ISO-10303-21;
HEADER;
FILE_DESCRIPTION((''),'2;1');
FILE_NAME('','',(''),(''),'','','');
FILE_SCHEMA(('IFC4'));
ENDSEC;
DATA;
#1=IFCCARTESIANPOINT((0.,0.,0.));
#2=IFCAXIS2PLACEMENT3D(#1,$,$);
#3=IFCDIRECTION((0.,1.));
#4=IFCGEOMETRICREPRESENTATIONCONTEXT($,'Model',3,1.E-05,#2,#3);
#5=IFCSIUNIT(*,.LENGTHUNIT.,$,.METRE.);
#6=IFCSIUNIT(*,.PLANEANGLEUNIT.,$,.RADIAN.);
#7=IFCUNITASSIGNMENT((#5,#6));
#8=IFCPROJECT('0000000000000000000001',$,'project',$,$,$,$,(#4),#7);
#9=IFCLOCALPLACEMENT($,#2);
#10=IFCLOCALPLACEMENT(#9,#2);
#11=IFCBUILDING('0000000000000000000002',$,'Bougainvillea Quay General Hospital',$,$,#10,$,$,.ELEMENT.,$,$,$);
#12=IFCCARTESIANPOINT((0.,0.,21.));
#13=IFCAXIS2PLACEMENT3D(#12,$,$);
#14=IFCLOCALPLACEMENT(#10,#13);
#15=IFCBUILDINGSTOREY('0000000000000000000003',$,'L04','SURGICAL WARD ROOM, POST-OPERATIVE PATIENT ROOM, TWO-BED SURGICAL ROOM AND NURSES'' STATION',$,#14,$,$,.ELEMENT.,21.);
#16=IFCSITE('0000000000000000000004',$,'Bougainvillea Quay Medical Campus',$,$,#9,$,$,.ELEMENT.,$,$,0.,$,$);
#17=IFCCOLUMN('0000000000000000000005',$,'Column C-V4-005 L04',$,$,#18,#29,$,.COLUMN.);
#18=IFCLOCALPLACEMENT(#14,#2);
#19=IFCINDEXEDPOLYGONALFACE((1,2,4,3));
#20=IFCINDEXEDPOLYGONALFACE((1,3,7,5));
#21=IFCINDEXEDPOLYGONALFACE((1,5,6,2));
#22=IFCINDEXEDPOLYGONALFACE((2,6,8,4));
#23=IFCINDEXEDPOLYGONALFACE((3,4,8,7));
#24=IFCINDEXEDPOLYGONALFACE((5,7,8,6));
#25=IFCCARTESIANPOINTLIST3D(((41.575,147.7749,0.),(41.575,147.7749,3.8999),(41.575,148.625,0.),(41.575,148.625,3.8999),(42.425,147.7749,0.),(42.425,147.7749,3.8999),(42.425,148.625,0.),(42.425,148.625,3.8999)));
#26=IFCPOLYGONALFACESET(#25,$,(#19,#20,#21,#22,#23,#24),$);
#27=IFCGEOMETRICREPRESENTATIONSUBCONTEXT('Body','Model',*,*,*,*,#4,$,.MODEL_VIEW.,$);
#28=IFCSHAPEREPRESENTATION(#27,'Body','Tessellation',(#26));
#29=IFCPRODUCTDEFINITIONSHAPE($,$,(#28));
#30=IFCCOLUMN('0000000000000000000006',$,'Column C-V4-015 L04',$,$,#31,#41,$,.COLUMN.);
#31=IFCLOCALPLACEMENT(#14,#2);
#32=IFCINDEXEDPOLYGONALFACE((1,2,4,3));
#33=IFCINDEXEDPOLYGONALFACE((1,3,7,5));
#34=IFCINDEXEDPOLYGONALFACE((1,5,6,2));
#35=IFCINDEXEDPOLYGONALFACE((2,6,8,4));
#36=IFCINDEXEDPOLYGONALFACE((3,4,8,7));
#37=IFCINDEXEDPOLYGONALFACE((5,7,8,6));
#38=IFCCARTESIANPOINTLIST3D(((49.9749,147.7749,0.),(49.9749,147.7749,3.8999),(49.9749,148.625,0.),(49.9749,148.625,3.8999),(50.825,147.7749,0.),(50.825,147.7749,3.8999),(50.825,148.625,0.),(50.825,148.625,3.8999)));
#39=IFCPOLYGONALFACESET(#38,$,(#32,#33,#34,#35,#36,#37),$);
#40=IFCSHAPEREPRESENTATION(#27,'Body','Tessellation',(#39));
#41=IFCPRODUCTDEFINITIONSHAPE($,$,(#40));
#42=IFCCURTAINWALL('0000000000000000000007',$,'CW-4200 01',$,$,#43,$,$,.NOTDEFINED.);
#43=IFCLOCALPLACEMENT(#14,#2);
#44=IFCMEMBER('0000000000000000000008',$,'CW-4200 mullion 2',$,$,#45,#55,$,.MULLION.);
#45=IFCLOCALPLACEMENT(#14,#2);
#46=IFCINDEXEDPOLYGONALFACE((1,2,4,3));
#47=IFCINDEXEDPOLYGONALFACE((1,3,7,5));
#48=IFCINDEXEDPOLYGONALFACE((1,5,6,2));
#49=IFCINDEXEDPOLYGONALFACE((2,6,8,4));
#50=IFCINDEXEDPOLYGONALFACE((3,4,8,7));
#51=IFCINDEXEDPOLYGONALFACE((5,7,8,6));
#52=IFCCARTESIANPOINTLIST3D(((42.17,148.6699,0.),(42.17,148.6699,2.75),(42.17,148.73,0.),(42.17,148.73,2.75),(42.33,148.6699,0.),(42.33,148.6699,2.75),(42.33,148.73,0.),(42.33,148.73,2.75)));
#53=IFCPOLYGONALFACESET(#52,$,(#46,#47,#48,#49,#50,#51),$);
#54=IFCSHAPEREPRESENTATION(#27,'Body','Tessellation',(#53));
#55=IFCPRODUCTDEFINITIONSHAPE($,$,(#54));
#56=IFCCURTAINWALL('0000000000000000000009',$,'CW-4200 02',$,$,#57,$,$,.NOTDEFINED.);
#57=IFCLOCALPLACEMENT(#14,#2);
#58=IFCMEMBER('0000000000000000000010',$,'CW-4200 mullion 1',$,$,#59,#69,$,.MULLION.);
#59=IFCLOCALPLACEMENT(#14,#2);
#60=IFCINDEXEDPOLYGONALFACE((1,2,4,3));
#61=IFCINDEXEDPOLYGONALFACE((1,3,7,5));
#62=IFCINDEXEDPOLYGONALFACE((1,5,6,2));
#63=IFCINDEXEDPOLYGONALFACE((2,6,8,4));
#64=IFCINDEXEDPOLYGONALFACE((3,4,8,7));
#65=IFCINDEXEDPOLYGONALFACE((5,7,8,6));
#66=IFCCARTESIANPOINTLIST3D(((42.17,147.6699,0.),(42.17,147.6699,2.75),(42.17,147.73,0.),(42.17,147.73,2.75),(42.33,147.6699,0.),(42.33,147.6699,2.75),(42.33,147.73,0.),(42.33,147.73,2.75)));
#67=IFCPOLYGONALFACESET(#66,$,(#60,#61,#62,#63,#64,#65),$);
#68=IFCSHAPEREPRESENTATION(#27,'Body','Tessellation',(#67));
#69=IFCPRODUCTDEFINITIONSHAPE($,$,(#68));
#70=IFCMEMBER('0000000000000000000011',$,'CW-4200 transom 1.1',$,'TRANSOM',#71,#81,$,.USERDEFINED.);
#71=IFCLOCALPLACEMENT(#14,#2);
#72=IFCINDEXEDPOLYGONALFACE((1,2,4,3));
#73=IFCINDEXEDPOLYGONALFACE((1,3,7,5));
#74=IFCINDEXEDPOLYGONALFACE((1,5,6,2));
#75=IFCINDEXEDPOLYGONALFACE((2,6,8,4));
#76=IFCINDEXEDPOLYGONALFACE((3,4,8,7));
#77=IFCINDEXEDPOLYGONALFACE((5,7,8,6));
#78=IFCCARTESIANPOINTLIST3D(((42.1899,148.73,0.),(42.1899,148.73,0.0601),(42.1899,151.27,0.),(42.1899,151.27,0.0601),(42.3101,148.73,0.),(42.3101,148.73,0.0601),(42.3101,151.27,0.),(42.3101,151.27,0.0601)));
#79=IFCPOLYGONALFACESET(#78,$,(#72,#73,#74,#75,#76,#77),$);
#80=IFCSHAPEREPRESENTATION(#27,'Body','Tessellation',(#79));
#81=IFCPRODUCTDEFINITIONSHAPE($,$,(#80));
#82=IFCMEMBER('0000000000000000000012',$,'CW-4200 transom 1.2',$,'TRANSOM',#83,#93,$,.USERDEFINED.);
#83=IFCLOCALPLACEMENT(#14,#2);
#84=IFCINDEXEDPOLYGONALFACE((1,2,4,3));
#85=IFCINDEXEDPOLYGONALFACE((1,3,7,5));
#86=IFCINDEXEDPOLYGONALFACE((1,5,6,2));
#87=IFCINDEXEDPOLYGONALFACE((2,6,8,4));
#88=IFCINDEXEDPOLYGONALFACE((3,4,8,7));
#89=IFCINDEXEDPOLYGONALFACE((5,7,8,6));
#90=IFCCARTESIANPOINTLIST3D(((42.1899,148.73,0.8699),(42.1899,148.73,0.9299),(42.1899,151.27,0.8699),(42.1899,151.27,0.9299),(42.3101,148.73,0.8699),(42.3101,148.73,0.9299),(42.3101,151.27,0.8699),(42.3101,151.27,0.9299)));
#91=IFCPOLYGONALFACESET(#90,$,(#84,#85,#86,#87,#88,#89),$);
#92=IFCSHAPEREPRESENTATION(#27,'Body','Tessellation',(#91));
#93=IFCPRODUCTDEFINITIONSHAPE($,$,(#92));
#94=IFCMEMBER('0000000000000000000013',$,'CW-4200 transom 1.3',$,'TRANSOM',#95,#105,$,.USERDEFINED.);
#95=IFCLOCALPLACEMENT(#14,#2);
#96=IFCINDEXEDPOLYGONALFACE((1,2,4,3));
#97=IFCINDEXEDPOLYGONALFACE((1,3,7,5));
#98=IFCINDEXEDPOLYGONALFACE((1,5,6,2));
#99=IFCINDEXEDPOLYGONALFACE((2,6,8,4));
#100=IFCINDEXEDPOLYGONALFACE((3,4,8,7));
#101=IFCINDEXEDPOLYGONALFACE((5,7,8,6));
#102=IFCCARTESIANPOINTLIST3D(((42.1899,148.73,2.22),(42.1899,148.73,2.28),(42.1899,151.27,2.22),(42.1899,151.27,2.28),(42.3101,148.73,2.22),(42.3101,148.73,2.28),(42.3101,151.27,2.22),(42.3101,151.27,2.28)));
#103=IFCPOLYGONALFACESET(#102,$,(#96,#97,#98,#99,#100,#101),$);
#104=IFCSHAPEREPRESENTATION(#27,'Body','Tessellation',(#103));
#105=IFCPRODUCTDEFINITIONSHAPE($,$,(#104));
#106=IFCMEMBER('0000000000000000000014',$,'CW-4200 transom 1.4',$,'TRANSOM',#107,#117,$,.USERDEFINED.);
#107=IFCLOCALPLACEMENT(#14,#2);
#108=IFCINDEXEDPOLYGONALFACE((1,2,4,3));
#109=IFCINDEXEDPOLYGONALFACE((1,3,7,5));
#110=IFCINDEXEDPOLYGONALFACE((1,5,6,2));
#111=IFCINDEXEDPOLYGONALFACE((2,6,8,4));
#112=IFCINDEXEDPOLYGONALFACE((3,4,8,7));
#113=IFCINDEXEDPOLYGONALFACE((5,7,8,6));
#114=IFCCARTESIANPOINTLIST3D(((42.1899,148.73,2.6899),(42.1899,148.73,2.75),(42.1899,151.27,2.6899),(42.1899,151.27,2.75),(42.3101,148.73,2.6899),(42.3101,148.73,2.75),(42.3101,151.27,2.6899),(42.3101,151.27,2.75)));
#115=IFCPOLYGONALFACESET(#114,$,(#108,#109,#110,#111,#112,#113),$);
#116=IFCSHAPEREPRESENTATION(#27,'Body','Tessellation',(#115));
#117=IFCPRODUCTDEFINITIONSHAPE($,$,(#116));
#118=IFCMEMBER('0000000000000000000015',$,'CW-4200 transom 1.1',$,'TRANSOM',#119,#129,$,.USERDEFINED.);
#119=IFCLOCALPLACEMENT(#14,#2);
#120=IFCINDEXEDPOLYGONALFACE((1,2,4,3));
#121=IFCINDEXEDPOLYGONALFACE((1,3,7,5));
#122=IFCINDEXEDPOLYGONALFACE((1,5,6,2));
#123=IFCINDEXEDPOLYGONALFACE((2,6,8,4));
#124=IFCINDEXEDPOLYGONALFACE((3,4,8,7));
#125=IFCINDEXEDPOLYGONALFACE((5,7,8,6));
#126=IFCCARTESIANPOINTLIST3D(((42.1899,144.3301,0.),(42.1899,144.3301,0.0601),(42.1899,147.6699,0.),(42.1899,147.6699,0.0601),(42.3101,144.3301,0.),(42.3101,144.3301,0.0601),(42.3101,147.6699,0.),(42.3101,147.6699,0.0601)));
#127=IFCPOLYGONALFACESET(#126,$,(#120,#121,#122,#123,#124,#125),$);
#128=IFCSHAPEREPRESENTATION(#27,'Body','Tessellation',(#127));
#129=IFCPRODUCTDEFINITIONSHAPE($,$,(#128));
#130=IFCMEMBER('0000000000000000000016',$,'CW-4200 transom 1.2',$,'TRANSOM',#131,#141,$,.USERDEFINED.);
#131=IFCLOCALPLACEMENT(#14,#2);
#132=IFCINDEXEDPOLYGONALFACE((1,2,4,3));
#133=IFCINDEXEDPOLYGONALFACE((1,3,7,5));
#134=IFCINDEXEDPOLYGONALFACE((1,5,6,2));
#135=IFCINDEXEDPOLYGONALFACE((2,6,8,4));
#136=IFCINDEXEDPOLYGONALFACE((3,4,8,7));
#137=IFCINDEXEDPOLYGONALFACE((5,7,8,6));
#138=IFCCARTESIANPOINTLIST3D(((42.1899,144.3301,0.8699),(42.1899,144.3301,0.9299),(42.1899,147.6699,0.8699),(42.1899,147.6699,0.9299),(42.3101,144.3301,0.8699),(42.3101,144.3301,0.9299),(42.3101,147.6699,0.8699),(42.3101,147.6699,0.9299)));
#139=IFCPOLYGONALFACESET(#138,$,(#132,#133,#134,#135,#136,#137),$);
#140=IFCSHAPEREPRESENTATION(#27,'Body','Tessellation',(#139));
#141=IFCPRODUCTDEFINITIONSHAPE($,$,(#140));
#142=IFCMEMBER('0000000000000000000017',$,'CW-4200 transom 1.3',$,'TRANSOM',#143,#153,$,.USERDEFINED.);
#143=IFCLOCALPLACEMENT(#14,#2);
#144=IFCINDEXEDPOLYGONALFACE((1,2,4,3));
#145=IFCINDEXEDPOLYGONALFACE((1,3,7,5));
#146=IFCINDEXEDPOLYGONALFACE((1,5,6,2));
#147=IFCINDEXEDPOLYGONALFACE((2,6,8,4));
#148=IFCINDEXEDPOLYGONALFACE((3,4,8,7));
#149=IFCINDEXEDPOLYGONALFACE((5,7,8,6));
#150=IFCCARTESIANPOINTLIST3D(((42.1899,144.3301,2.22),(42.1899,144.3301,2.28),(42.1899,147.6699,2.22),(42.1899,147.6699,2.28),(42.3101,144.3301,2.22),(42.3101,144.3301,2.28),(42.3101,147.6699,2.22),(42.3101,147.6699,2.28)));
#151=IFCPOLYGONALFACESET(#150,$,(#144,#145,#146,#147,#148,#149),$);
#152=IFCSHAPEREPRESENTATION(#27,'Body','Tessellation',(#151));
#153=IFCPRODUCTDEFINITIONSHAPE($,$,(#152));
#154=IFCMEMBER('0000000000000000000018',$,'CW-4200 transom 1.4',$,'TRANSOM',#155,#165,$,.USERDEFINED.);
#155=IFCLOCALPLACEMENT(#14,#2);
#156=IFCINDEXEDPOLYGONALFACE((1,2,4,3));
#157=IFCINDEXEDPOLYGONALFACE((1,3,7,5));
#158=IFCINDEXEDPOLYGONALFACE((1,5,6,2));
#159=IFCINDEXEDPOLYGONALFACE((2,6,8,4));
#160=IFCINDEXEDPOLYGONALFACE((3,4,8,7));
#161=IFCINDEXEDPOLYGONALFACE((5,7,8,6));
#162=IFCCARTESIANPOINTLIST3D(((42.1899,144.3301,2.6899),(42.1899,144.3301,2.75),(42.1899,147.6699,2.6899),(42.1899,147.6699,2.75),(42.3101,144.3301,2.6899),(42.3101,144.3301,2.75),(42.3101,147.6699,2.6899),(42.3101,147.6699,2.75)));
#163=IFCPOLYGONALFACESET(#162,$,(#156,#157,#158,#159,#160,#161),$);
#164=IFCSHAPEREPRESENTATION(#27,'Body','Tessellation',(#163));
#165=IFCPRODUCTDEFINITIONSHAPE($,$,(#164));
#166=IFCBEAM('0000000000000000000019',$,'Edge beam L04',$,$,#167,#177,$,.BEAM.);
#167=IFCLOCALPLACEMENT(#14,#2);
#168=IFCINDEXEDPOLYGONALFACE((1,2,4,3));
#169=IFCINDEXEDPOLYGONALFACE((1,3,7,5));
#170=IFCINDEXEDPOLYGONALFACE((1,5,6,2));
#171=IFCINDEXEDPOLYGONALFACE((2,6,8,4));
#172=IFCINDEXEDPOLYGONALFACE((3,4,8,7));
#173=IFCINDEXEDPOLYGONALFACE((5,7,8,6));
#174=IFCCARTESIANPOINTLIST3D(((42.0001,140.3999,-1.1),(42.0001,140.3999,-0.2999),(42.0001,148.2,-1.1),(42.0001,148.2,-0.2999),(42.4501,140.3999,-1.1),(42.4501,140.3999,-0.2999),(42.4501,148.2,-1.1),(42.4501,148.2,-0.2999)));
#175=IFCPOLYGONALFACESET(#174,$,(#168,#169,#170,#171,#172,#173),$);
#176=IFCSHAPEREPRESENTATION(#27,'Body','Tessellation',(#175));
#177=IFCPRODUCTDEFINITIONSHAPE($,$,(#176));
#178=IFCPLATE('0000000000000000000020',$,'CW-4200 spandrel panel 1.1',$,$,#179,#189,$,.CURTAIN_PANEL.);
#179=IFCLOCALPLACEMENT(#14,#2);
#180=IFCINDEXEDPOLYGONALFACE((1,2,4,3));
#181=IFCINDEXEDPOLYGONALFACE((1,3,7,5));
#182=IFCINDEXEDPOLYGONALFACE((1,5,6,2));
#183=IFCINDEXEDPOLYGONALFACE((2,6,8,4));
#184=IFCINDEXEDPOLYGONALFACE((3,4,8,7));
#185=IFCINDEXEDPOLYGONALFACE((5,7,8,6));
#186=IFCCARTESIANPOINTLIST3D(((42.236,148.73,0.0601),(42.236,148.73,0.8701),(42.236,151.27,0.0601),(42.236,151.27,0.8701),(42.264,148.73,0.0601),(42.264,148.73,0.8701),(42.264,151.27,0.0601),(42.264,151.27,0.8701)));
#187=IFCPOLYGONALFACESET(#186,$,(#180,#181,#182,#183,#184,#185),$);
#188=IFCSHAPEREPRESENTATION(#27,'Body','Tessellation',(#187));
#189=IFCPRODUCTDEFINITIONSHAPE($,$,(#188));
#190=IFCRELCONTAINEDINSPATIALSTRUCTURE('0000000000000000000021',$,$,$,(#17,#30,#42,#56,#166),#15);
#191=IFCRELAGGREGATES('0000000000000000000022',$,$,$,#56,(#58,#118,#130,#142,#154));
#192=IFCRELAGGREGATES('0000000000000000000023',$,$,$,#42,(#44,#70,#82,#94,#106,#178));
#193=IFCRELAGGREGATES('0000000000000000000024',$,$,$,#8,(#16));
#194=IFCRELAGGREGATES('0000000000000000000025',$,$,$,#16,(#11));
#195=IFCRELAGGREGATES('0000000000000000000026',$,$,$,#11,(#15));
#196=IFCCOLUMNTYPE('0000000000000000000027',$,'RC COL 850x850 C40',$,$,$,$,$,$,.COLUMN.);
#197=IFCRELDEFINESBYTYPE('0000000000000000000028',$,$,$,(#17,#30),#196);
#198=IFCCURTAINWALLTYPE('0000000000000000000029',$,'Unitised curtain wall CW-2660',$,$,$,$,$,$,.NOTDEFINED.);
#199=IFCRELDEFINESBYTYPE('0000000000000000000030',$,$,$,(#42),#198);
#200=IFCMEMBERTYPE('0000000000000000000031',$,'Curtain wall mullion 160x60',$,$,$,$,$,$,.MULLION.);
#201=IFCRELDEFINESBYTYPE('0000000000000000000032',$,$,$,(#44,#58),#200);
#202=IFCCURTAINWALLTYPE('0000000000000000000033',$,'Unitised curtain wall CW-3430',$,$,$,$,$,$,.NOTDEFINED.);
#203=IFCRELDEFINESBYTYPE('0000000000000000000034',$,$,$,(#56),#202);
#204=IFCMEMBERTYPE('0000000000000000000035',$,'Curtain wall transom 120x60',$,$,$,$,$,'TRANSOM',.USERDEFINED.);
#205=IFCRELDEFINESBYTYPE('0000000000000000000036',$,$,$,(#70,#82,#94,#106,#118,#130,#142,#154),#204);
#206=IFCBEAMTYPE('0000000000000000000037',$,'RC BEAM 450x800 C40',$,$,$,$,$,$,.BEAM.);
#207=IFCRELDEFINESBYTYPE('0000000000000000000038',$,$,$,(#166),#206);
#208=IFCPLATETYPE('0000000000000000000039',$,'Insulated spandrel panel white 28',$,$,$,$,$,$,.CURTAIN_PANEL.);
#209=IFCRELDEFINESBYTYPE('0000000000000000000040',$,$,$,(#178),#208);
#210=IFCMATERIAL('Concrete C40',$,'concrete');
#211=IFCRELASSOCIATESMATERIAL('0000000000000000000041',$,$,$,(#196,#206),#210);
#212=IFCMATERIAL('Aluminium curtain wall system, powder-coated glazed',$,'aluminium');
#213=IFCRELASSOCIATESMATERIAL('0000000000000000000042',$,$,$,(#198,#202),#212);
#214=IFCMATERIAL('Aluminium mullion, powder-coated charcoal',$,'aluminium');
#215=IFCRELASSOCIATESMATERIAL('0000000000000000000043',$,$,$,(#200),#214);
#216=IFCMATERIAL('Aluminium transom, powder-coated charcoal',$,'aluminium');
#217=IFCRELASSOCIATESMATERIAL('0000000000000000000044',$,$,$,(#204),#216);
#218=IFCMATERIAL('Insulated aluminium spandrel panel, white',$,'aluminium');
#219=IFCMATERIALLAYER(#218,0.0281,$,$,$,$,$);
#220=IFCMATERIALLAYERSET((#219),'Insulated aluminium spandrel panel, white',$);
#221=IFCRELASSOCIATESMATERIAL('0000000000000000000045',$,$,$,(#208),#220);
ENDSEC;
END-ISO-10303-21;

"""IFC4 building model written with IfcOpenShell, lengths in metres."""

from ifc_helpers import new_model, si_unit, direction, frame, origin, origin_2d, place, context, subcontext, project, spatial, rectangle, extrude, material, layer, layer_set, material_profile, profile_set, type_object, element, aggregate, save


model = new_model("IFC4")

# Units and contexts
model_context = context("Model", 3, precision=1e-05, world=origin(), true_north=direction((0.0, 1.0)))
body_context = subcontext(model_context, "Body", "Model", "MODEL_VIEW")
ifc_project = project(units=[si_unit("LENGTHUNIT", "METRE"), si_unit("PLANEANGLEUNIT", "RADIAN")], contexts=[model_context])

# Site, building, storey
site_placement = place(None, origin())
site = spatial("IfcSite", under=ifc_project, at=site_placement, Name="Bougainvillea Quay Medical Campus", CompositionType="ELEMENT", RefElevation=0.0)
building_placement = place(site_placement, origin())
building = spatial("IfcBuilding", under=site, at=building_placement, Name="Bougainvillea Quay General Hospital", CompositionType="ELEMENT")
storey_placement = place(building_placement, frame((0.0, 0.0, 21.0)))
storey = spatial("IfcBuildingStorey", under=building, at=storey_placement, Name="L04", Description="SURGICAL WARD ROOM, POST-OPERATIVE PATIENT ROOM, TWO-BED SURGICAL ROOM AND NURSES' STATION", CompositionType="ELEMENT", Elevation=21.0)

# Columns
ifc_material_1 = material(Name="Concrete C40", Category="concrete")
ifc_material_profile_1 = material_profile(ifc_material_1, rectangle(XDim=0.8501, YDim=0.8501, at=origin_2d()))
ifc_profile_set_1 = profile_set([ifc_material_profile_1], Name="Concrete C40")
column_type = type_object("IfcColumnType", Name="RC COL 850x850 C40", PredefinedType="COLUMN", material=ifc_profile_set_1)
for number, where, z_axis, x_axis, name in (
    (1, (42.0, 148.2, 0.0), (0.0, 0.0, 1.0), (1.0, 0.0, 0.0), "Column C-V4-005 L04"),
    (2, (50.3999, 148.2, 0.0), (0.0, 0.0, 1.0), (1.0, 0.0, 0.0), "Column C-V4-015 L04"),
):
    element("IfcColumn", number, at=place(storey_placement, frame(where, z_axis=z_axis, x_axis=x_axis)), inside=storey, type_object=column_type, Name=name, PredefinedType="COLUMN", context=body_context, shape_type="SweptSolid", body=[
        extrude(rectangle(XDim=0.8501, YDim=0.8501, at=origin_2d()), origin(), (0.0, 0.0, 1.0), 3.8999),
    ])

# Curtain walls, members
ifc_material_2 = material(Name="Aluminium curtain wall system, powder-coated glazed", Category="aluminium")
curtain_wall_type_1 = type_object("IfcCurtainWallType", Name="Unitised curtain wall CW-2660", PredefinedType="NOTDEFINED", material=ifc_material_2)
curtain_wall_1_placement = place(storey_placement, origin())
curtain_wall_1 = element("IfcCurtainWall", 3, at=curtain_wall_1_placement, inside=storey, type_object=curtain_wall_type_1, Name="CW-4200 01", PredefinedType="NOTDEFINED")
ifc_material_3 = material(Name="Aluminium mullion, powder-coated charcoal", Category="aluminium")
ifc_material_profile_2 = material_profile(ifc_material_3, rectangle(XDim=0.1599, YDim=0.0601, at=origin_2d()))
ifc_profile_set_2 = profile_set([ifc_material_profile_2], Name="Aluminium mullion, powder-coated charcoal")
member_type_1 = type_object("IfcMemberType", Name="Curtain wall mullion 160x60", PredefinedType="MULLION", material=ifc_profile_set_2)
member_1_placement = place(storey_placement, frame((42.25, 148.7, 0.0), z_axis=(0.0, 0.0, 1.0), x_axis=(1.0, 0.0, 0.0)))
member_1 = element("IfcMember", 4, at=member_1_placement, type_object=member_type_1, Name="CW-4200 mullion 2", PredefinedType="MULLION", context=body_context, shape_type="SweptSolid", body=[
    extrude(rectangle(XDim=0.1599, YDim=0.0601, at=origin_2d()), origin(), (0.0, 0.0, 1.0), 2.75),
])
curtain_wall_type_2 = type_object("IfcCurtainWallType", Name="Unitised curtain wall CW-3430", PredefinedType="NOTDEFINED", material=ifc_material_2)
curtain_wall_2_placement = place(storey_placement, origin())
curtain_wall_2 = element("IfcCurtainWall", 5, at=curtain_wall_2_placement, inside=storey, type_object=curtain_wall_type_2, Name="CW-4200 02", PredefinedType="NOTDEFINED")
member_2_placement = place(storey_placement, frame((42.25, 147.7, 0.0), z_axis=(0.0, 0.0, 1.0), x_axis=(1.0, 0.0, 0.0)))
member_2 = element("IfcMember", 6, at=member_2_placement, type_object=member_type_1, Name="CW-4200 mullion 1", PredefinedType="MULLION", context=body_context, shape_type="SweptSolid", body=[
    extrude(rectangle(XDim=0.1599, YDim=0.0601, at=origin_2d()), origin(), (0.0, 0.0, 1.0), 2.75),
])

# Members
ifc_material_4 = material(Name="Aluminium transom, powder-coated charcoal", Category="aluminium")
ifc_material_profile_3 = material_profile(ifc_material_4, rectangle(XDim=0.1201, YDim=0.0601, at=origin_2d()))
ifc_profile_set_3 = profile_set([ifc_material_profile_3], Name="Aluminium transom, powder-coated charcoal")
member_type_2 = type_object("IfcMemberType", Name="Curtain wall transom 120x60", ElementType="TRANSOM", PredefinedType="USERDEFINED", material=ifc_profile_set_3)
member_3_placement = place(storey_placement, frame((42.25, 151.27, 0.03), z_axis=(0.0, -1.0, 0.0), x_axis=(1.0, 0.0, 0.0)))
member_3 = element("IfcMember", 7, at=member_3_placement, type_object=member_type_2, Name="CW-4200 transom 1.1", ObjectType="TRANSOM", PredefinedType="USERDEFINED", context=body_context, shape_type="SweptSolid", body=[
    extrude(rectangle(XDim=0.1201, YDim=0.0601, at=origin_2d()), origin(), (0.0, 0.0, 1.0), 2.54),
])
member_4_placement = place(storey_placement, frame((42.25, 151.27, 0.8999), z_axis=(0.0, -1.0, 0.0), x_axis=(1.0, 0.0, 0.0)))
member_4 = element("IfcMember", 8, at=member_4_placement, type_object=member_type_2, Name="CW-4200 transom 1.2", ObjectType="TRANSOM", PredefinedType="USERDEFINED", context=body_context, shape_type="SweptSolid", body=[
    extrude(rectangle(XDim=0.1201, YDim=0.0601, at=origin_2d()), origin(), (0.0, 0.0, 1.0), 2.54),
])
member_5_placement = place(storey_placement, frame((42.25, 151.27, 2.25), z_axis=(0.0, -1.0, 0.0), x_axis=(1.0, 0.0, 0.0)))
member_5 = element("IfcMember", 9, at=member_5_placement, type_object=member_type_2, Name="CW-4200 transom 1.3", ObjectType="TRANSOM", PredefinedType="USERDEFINED", context=body_context, shape_type="SweptSolid", body=[
    extrude(rectangle(XDim=0.1201, YDim=0.0601, at=origin_2d()), origin(), (0.0, 0.0, 1.0), 2.54),
])
member_6_placement = place(storey_placement, frame((42.25, 151.27, 2.72), z_axis=(0.0, -1.0, 0.0), x_axis=(1.0, 0.0, 0.0)))
member_6 = element("IfcMember", 10, at=member_6_placement, type_object=member_type_2, Name="CW-4200 transom 1.4", ObjectType="TRANSOM", PredefinedType="USERDEFINED", context=body_context, shape_type="SweptSolid", body=[
    extrude(rectangle(XDim=0.1201, YDim=0.0601, at=origin_2d()), origin(), (0.0, 0.0, 1.0), 2.54),
])
member_7_placement = place(storey_placement, frame((42.25, 147.6699, 0.03), z_axis=(0.0, -1.0, 0.0), x_axis=(1.0, 0.0, 0.0)))
member_7 = element("IfcMember", 11, at=member_7_placement, type_object=member_type_2, Name="CW-4200 transom 1.1", ObjectType="TRANSOM", PredefinedType="USERDEFINED", context=body_context, shape_type="SweptSolid", body=[
    extrude(rectangle(XDim=0.1201, YDim=0.0601, at=origin_2d()), origin(), (0.0, 0.0, 1.0), 3.3398),
])
member_8_placement = place(storey_placement, frame((42.25, 147.6699, 0.8999), z_axis=(0.0, -1.0, 0.0), x_axis=(1.0, 0.0, 0.0)))
member_8 = element("IfcMember", 12, at=member_8_placement, type_object=member_type_2, Name="CW-4200 transom 1.2", ObjectType="TRANSOM", PredefinedType="USERDEFINED", context=body_context, shape_type="SweptSolid", body=[
    extrude(rectangle(XDim=0.1201, YDim=0.0601, at=origin_2d()), origin(), (0.0, 0.0, 1.0), 3.3398),
])
member_9_placement = place(storey_placement, frame((42.25, 147.6699, 2.25), z_axis=(0.0, -1.0, 0.0), x_axis=(1.0, 0.0, 0.0)))
member_9 = element("IfcMember", 13, at=member_9_placement, type_object=member_type_2, Name="CW-4200 transom 1.3", ObjectType="TRANSOM", PredefinedType="USERDEFINED", context=body_context, shape_type="SweptSolid", body=[
    extrude(rectangle(XDim=0.1201, YDim=0.0601, at=origin_2d()), origin(), (0.0, 0.0, 1.0), 3.3398),
])
member_10_placement = place(storey_placement, frame((42.25, 147.6699, 2.72), z_axis=(0.0, -1.0, 0.0), x_axis=(1.0, 0.0, 0.0)))
member_10 = element("IfcMember", 14, at=member_10_placement, type_object=member_type_2, Name="CW-4200 transom 1.4", ObjectType="TRANSOM", PredefinedType="USERDEFINED", context=body_context, shape_type="SweptSolid", body=[
    extrude(rectangle(XDim=0.1201, YDim=0.0601, at=origin_2d()), origin(), (0.0, 0.0, 1.0), 3.3398),
])
aggregate(curtain_wall_2, [member_2, member_7, member_8, member_9, member_10])

# Beam
ifc_material_profile_4 = material_profile(ifc_material_1, rectangle(XDim=0.45, YDim=0.8, at=origin_2d()))
ifc_profile_set_4 = profile_set([ifc_material_profile_4], Name="Concrete C40")
beam_type = type_object("IfcBeamType", Name="RC BEAM 450x800 C40", PredefinedType="BEAM", material=ifc_profile_set_4)
beam_placement = place(storey_placement, frame((42.2251, 148.2, -0.7), z_axis=(0.0, -1.0, 0.0), x_axis=(1.0, 0.0, 0.0)))
element("IfcBeam", 15, at=beam_placement, inside=storey, type_object=beam_type, Name="Edge beam L04", PredefinedType="BEAM", context=body_context, shape_type="SweptSolid", body=[
    extrude(rectangle(XDim=0.45, YDim=0.8, at=origin_2d()), origin(), (0.0, 0.0, 1.0), 7.8),
])

# Plate
ifc_material_5 = material(Name="Insulated aluminium spandrel panel, white", Category="aluminium")
ifc_layer_1 = layer(ifc_material_5, 0.0281)
ifc_layer_set_1 = layer_set([ifc_layer_1], Name="Insulated aluminium spandrel panel, white")
plate_type_1 = type_object("IfcPlateType", Name="Insulated spandrel panel white 28", PredefinedType="CURTAIN_PANEL", material=ifc_layer_set_1)
plate_1_placement = place(storey_placement, frame((42.25, 150.0, 0.0601), z_axis=(0.0, 0.0, 1.0), x_axis=(0.0, -1.0, 0.0)))
plate_1 = element("IfcPlate", 16, at=plate_1_placement, type_object=plate_type_1, Name="CW-4200 spandrel panel 1.1", PredefinedType="CURTAIN_PANEL", context=body_context, shape_type="SweptSolid", body=[
    extrude(rectangle(XDim=2.54, YDim=0.0281, at=origin_2d()), origin(), (0.0, 0.0, 1.0), 0.8101),
])
aggregate(curtain_wall_1, [member_1, member_3, member_4, member_5, member_6, plate_1])

save(model, "model.ifc")
